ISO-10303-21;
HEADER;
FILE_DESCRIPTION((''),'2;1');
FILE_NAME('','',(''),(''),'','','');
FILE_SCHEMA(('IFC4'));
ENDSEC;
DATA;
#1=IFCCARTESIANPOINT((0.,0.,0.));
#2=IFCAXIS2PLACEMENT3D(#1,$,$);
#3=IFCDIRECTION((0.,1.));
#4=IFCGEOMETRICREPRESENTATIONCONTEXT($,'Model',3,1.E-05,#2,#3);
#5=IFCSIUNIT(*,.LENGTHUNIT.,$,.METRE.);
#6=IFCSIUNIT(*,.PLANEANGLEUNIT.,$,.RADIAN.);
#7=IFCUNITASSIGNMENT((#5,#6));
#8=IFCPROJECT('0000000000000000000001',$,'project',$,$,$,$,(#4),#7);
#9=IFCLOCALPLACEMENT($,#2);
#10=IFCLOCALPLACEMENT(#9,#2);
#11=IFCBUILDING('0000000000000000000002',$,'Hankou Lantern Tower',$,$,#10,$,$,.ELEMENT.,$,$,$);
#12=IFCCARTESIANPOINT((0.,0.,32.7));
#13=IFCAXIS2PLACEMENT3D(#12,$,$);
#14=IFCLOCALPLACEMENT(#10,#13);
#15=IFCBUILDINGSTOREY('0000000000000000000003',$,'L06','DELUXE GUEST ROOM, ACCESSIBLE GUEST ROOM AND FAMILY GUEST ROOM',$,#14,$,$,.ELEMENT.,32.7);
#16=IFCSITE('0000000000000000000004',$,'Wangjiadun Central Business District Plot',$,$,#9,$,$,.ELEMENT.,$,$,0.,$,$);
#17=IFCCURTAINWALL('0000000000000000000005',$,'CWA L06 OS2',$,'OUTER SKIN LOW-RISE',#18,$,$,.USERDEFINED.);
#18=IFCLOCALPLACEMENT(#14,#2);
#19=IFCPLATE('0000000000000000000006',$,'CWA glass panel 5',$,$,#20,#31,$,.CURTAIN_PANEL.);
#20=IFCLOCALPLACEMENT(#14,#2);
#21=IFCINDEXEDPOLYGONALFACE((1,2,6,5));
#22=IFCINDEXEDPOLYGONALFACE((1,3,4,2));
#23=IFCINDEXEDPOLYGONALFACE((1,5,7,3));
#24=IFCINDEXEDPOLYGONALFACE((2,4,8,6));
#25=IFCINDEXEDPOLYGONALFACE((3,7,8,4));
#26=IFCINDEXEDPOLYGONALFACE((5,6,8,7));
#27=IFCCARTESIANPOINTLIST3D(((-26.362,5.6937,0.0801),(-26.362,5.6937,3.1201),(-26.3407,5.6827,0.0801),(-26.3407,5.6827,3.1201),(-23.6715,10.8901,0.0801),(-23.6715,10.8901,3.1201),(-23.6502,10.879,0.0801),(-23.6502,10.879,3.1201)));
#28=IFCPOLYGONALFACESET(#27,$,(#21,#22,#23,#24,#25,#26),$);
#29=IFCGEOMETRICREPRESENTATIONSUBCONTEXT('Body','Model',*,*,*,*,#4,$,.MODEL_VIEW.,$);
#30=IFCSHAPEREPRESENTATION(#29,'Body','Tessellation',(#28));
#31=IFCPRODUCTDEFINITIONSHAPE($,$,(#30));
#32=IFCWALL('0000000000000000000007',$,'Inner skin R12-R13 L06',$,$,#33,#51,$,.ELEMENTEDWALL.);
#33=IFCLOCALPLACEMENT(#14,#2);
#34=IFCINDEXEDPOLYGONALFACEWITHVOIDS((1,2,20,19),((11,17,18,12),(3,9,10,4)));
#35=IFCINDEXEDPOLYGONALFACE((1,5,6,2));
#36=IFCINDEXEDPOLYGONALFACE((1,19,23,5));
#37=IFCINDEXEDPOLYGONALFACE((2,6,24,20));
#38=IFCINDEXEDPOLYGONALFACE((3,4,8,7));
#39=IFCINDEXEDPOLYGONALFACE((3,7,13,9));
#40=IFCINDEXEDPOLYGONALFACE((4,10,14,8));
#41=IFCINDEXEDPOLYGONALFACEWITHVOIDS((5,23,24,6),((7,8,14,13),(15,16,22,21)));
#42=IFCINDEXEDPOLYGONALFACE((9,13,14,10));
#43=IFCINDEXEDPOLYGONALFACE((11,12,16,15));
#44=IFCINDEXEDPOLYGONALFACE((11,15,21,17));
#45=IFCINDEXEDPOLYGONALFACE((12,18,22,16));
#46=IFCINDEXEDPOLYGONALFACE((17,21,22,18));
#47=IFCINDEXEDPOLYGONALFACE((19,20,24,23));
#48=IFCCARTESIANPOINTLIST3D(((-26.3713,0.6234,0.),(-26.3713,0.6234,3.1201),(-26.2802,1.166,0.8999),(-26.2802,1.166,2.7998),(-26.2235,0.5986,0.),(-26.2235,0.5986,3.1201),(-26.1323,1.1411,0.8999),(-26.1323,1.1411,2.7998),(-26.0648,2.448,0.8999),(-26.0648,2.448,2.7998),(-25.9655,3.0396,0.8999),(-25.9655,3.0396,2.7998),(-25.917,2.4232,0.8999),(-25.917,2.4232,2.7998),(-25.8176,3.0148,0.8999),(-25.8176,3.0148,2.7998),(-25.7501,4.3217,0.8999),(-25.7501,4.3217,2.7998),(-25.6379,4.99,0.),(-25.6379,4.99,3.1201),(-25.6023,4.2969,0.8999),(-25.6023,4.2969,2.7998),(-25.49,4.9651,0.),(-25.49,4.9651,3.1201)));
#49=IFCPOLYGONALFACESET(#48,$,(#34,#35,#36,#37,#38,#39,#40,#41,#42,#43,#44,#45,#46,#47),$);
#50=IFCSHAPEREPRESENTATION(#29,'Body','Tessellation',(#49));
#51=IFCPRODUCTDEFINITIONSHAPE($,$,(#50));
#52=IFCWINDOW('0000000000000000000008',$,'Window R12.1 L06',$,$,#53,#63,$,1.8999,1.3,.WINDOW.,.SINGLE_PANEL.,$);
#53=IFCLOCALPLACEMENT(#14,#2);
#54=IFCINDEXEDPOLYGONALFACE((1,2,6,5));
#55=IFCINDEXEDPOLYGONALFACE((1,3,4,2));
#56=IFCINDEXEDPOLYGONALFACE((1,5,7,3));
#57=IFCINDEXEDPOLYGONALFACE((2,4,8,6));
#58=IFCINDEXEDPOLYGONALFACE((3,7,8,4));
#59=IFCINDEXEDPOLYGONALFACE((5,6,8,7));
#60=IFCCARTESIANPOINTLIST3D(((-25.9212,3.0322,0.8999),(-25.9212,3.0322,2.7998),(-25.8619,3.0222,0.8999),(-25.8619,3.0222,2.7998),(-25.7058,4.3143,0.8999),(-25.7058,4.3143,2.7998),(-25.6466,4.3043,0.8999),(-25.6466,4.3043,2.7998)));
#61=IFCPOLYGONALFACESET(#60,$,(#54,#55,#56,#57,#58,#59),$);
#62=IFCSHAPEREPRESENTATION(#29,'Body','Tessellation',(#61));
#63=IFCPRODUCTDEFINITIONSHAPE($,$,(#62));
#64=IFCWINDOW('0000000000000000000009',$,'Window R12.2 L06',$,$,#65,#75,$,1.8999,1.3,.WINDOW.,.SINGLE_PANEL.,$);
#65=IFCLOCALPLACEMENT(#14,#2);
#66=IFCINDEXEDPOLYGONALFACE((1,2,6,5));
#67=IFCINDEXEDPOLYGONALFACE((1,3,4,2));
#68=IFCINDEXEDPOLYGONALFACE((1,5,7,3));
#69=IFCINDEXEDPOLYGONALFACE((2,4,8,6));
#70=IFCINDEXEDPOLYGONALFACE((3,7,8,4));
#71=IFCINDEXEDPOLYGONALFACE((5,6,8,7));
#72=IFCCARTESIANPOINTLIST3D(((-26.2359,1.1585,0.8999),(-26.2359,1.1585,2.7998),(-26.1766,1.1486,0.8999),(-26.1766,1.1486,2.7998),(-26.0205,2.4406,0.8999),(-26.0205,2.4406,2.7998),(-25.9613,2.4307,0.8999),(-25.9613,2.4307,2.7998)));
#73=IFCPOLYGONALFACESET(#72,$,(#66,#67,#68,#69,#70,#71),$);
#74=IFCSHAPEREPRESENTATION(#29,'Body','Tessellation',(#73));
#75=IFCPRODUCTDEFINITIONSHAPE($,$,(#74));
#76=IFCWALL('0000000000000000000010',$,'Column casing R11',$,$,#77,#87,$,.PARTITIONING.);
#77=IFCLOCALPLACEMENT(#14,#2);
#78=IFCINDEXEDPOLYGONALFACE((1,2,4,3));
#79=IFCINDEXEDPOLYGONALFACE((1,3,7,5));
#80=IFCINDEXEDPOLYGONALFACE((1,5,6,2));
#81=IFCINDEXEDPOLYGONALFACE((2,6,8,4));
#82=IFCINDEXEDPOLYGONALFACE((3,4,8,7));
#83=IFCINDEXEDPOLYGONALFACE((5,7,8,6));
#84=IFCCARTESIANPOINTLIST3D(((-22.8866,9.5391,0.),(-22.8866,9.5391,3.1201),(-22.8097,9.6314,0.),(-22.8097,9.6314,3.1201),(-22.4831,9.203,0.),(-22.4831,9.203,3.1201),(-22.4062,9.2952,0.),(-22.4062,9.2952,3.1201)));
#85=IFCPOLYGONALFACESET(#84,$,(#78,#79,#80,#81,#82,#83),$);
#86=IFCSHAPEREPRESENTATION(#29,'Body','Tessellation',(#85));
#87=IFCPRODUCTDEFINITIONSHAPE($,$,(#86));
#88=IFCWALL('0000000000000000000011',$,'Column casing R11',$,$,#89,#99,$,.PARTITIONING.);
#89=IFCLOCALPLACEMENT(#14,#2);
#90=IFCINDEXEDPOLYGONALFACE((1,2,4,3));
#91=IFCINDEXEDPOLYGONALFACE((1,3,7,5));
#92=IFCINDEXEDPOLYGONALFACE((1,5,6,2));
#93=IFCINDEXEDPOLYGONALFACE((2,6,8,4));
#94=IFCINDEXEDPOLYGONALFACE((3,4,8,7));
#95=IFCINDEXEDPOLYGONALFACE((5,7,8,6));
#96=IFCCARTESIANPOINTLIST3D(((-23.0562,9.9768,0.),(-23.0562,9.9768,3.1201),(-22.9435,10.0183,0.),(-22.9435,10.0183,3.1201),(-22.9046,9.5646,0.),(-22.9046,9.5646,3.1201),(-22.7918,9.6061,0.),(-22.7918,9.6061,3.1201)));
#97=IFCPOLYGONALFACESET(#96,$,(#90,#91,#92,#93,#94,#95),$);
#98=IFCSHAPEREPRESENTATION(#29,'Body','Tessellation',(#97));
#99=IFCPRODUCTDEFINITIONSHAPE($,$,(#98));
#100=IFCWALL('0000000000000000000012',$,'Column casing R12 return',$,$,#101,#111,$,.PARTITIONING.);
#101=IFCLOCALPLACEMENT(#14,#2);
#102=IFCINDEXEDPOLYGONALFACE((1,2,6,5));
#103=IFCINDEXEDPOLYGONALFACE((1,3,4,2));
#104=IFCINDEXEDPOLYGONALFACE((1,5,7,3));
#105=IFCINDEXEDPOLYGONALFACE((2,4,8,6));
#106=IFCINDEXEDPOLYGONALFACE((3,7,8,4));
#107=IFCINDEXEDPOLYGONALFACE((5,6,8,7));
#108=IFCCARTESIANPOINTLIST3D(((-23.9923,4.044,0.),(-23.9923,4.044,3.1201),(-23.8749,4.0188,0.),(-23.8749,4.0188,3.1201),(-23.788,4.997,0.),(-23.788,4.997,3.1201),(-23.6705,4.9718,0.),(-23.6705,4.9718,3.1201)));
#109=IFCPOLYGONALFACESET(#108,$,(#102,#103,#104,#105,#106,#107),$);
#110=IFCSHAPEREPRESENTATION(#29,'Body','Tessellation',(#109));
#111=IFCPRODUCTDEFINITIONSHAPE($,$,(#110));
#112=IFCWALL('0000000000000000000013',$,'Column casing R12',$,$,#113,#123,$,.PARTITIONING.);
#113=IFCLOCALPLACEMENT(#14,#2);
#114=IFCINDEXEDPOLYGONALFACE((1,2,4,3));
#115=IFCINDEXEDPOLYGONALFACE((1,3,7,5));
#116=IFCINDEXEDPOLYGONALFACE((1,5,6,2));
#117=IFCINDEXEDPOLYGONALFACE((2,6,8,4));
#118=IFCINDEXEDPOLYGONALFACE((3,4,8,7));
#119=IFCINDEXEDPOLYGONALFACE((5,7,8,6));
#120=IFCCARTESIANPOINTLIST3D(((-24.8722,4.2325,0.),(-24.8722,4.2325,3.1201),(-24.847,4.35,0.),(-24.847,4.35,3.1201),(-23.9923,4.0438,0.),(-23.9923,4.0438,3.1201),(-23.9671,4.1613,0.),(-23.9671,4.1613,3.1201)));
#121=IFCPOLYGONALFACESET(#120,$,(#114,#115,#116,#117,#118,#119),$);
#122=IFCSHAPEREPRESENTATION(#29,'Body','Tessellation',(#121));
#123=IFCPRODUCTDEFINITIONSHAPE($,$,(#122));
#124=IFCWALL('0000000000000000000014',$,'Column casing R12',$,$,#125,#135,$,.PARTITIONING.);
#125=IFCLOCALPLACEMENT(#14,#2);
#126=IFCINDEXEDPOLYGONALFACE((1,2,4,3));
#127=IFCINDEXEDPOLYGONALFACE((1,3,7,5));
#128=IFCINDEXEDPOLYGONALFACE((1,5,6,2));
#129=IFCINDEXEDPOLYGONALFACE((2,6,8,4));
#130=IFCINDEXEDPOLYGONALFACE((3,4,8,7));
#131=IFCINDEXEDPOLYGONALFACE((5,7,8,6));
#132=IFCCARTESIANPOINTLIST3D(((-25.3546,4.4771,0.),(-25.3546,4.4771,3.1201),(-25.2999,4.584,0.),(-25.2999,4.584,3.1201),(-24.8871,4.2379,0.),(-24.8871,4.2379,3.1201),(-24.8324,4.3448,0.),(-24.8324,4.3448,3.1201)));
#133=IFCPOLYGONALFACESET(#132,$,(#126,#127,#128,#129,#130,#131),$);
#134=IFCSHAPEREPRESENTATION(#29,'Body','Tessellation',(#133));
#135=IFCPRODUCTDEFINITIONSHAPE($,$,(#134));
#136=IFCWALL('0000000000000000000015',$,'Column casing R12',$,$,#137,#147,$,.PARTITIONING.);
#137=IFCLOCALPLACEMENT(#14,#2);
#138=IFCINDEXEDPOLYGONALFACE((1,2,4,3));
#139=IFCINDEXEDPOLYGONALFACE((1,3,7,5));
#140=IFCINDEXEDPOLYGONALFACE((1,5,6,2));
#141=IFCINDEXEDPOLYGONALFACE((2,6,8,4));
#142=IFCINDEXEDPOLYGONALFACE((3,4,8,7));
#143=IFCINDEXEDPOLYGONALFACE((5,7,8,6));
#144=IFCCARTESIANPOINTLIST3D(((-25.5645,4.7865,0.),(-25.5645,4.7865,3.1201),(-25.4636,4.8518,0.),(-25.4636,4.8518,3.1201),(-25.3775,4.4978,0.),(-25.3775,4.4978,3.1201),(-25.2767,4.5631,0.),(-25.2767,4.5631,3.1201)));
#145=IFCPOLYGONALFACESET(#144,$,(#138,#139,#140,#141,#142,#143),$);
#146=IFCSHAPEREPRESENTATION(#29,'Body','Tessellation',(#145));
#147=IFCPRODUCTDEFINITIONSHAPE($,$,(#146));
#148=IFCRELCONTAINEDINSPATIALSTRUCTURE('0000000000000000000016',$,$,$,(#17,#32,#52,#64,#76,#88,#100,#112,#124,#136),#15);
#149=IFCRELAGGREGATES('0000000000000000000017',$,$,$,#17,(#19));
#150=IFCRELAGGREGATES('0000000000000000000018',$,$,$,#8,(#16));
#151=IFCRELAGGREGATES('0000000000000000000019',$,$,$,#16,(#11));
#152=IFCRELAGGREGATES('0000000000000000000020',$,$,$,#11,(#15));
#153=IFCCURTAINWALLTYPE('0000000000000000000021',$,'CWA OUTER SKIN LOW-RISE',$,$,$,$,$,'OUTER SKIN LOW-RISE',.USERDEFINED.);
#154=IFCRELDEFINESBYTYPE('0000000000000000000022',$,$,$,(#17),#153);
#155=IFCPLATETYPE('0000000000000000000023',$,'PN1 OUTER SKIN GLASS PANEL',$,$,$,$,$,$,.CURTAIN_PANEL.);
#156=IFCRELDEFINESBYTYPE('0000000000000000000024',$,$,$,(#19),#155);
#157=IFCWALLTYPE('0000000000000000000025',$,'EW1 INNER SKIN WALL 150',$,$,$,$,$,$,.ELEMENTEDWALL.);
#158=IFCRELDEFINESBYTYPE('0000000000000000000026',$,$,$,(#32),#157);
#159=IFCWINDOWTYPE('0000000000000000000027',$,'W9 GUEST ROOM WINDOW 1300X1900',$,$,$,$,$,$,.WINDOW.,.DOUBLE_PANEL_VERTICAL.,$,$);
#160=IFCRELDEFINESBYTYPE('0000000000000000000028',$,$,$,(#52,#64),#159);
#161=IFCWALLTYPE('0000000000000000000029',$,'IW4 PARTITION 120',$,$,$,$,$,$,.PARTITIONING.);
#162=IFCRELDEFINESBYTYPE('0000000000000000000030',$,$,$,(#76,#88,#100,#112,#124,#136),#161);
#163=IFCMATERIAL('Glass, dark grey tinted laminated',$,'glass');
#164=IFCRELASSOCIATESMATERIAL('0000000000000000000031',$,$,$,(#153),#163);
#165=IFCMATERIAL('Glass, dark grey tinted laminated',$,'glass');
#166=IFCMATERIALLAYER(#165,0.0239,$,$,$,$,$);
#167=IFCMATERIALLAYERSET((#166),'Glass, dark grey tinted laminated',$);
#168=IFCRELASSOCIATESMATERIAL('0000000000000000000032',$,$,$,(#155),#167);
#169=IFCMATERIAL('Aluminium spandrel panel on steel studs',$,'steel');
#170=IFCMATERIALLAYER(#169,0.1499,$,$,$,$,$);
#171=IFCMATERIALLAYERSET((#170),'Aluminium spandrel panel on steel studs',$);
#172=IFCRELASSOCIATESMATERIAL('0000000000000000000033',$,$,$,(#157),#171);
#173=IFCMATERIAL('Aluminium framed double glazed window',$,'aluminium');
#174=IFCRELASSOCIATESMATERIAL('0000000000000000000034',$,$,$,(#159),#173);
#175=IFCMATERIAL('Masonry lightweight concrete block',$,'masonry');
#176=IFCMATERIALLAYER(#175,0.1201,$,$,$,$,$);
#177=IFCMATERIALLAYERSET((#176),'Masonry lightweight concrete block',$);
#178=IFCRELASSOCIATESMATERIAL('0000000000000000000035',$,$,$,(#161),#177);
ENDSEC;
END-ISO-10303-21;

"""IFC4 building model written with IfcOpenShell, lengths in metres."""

from ifc_helpers import new_model, si_unit, direction, frame, frame_2d, origin, origin_2d, place, context, subcontext, project, spatial, rectangle, extrude, material, layer, layer_set, type_object, element, fill, aggregate, save


model = new_model("IFC4")

# Units and contexts
model_context = context("Model", 3, precision=1e-05, world=origin(), true_north=direction((0.0, 1.0)))
body_context = subcontext(model_context, "Body", "Model", "MODEL_VIEW")
ifc_project = project(units=[si_unit("LENGTHUNIT", "METRE"), si_unit("PLANEANGLEUNIT", "RADIAN")], contexts=[model_context])

# Site, building, storey
site_placement = place(None, origin())
site = spatial("IfcSite", under=ifc_project, at=site_placement, Name="Wangjiadun Central Business District Plot", CompositionType="ELEMENT", RefElevation=0.0)
building_placement = place(site_placement, origin())
building = spatial("IfcBuilding", under=site, at=building_placement, Name="Hankou Lantern Tower", CompositionType="ELEMENT")
storey_placement = place(building_placement, frame((0.0, 0.0, 32.7)))
storey = spatial("IfcBuildingStorey", under=building, at=storey_placement, Name="L06", Description="DELUXE GUEST ROOM, ACCESSIBLE GUEST ROOM AND FAMILY GUEST ROOM", CompositionType="ELEMENT", Elevation=32.7)

# Curtain wall
ifc_material_1 = material(Name="Glass, dark grey tinted laminated", Category="glass")
curtain_wall_type = type_object("IfcCurtainWallType", Name="CWA OUTER SKIN LOW-RISE", ElementType="OUTER SKIN LOW-RISE", PredefinedType="USERDEFINED", material=ifc_material_1)
curtain_wall_placement = place(storey_placement, origin())
curtain_wall = element("IfcCurtainWall", 1, at=curtain_wall_placement, inside=storey, type_object=curtain_wall_type, Name="CWA L06 OS2", ObjectType="OUTER SKIN LOW-RISE", PredefinedType="USERDEFINED")

# Plate
ifc_material_2 = material(Name="Glass, dark grey tinted laminated", Category="glass")
ifc_layer_1 = layer(ifc_material_2, 0.0239)
ifc_layer_set_1 = layer_set([ifc_layer_1], Name="Glass, dark grey tinted laminated")
plate_type = type_object("IfcPlateType", Name="PN1 OUTER SKIN GLASS PANEL", PredefinedType="CURTAIN_PANEL", material=ifc_layer_set_1)
plate_placement = place(storey_placement, frame((-25.0061, 8.2864, 0.0801), z_axis=(0.0, 0.0, 1.0), x_axis=(-0.459791, -0.888027, 0.0)))
plate = element("IfcPlate", 2, at=plate_placement, type_object=plate_type, Name="CWA glass panel 5", PredefinedType="CURTAIN_PANEL", context=body_context, shape_type="SweptSolid", body=[
    extrude(rectangle(XDim=5.8516, YDim=0.0239, at=origin_2d()), origin(), (0.0, 0.0, 1.0), 3.04),
])
aggregate(curtain_wall, [plate])

# Wall, openings, windows
ifc_material_3 = material(Name="Aluminium spandrel panel on steel studs", Category="steel")
ifc_layer_2 = layer(ifc_material_3, 0.1499)
ifc_layer_set_2 = layer_set([ifc_layer_2], Name="Aluminium spandrel panel on steel studs")
wall_type_1 = type_object("IfcWallType", Name="EW1 INNER SKIN WALL 150", PredefinedType="ELEMENTEDWALL", material=ifc_layer_set_2)
wall_1_placement = place(storey_placement, frame((-25.564, 4.9775, 0.0), z_axis=(0.0, 0.0, 1.0), x_axis=(-0.165642, -0.986186, 0.0)))
wall_1 = element("IfcWall", 3, at=wall_1_placement, inside=storey, type_object=wall_type_1, Name="Inner skin R12-R13 L06", PredefinedType="ELEMENTEDWALL", context=body_context, shape_type="SweptSolid", body=[
    extrude(rectangle(XDim=4.4277, YDim=0.1499, at=frame_2d((2.2139, 0.0))), origin(), (0.0, 0.0, 1.0), 3.1201),
])
opening_1_placement = place(wall_1_placement, frame((0.6777, 0.0, 0.8999)))
opening_1 = element("IfcOpeningElement", 4, at=opening_1_placement, cuts=wall_1, PredefinedType="OPENING", context=body_context, shape_type="SweptSolid", body=[
    extrude(rectangle(XDim=1.3, YDim=1.8999, at=frame_2d((0.6499, 0.95))), frame((0.0, 0.085, 0.0), z_axis=(0.0, -1.0, 0.0), x_axis=(1.0, 0.0, 0.0)), (0.0, 0.0, 1.0), 0.1699),
])
opening_2_placement = place(wall_1_placement, frame((2.5776, 0.0, 0.8999)))
opening_2 = element("IfcOpeningElement", 5, at=opening_2_placement, cuts=wall_1, PredefinedType="OPENING", context=body_context, shape_type="SweptSolid", body=[
    extrude(rectangle(XDim=1.3, YDim=1.8999, at=frame_2d((0.6499, 0.95))), frame((0.0, 0.085, 0.0), z_axis=(0.0, -1.0, 0.0), x_axis=(1.0, 0.0, 0.0)), (0.0, 0.0, 1.0), 0.1699),
])
ifc_material_4 = material(Name="Aluminium framed double glazed window", Category="aluminium")
window_type = type_object("IfcWindowType", Name="W9 GUEST ROOM WINDOW 1300X1900", PartitioningType="DOUBLE_PANEL_VERTICAL", PredefinedType="WINDOW", material=ifc_material_4)
window_1_placement = place(opening_1_placement, origin())
window_1 = element("IfcWindow", 6, at=window_1_placement, inside=storey, type_object=window_type, Name="Window R12.1 L06", OverallHeight=1.8999, OverallWidth=1.3, PartitioningType="SINGLE_PANEL", PredefinedType="WINDOW", context=body_context, shape_type="SweptSolid", body=[
    extrude(rectangle(XDim=1.3, YDim=1.8999, at=frame_2d((0.6499, 0.95))), frame((0.0, 0.03, 0.0), z_axis=(0.0, -1.0, 0.0), x_axis=(1.0, 0.0, 0.0)), (0.0, 0.0, 1.0), 0.0601),
])
fill(opening_1, window_1)
window_2_placement = place(opening_2_placement, origin())
window_2 = element("IfcWindow", 7, at=window_2_placement, inside=storey, type_object=window_type, Name="Window R12.2 L06", OverallHeight=1.8999, OverallWidth=1.3, PartitioningType="SINGLE_PANEL", PredefinedType="WINDOW", context=body_context, shape_type="SweptSolid", body=[
    extrude(rectangle(XDim=1.3, YDim=1.8999, at=frame_2d((0.6499, 0.95))), frame((0.0, 0.03, 0.0), z_axis=(0.0, -1.0, 0.0), x_axis=(1.0, 0.0, 0.0)), (0.0, 0.0, 1.0), 0.0601),
])
fill(opening_2, window_2)

# Walls
ifc_material_5 = material(Name="Masonry lightweight concrete block", Category="masonry")
ifc_layer_3 = layer(ifc_material_5, 0.1201)
ifc_layer_set_3 = layer_set([ifc_layer_3], Name="Masonry lightweight concrete block")
wall_type_2 = type_object("IfcWallType", Name="IW4 PARTITION 120", PredefinedType="PARTITIONING", material=ifc_layer_set_3)
wall_2_placement = place(storey_placement, frame((-22.4446, 9.249, 0.0), z_axis=(0.0, 0.0, 1.0), x_axis=(-0.768336, 0.640047, 0.0)))
element("IfcWall", 8, at=wall_2_placement, inside=storey, type_object=wall_type_2, Name="Column casing R11", PredefinedType="PARTITIONING", context=body_context, shape_type="SweptSolid", body=[
    extrude(rectangle(XDim=0.5251, YDim=0.1201, at=frame_2d((0.2627, 0.0))), origin(), (0.0, 0.0, 1.0), 3.1201),
])
wall_3_placement = place(storey_placement, frame((-22.8481, 9.5852, 0.0), z_axis=(0.0, 0.0, 1.0), x_axis=(-0.345267, 0.938504, 0.0)))
element("IfcWall", 9, at=wall_3_placement, inside=storey, type_object=wall_type_2, Name="Column casing R11", PredefinedType="PARTITIONING", context=body_context, shape_type="SweptSolid", body=[
    extrude(rectangle(XDim=0.4392, YDim=0.1201, at=frame_2d((0.2197, 0.0))), origin(), (0.0, 0.0, 1.0), 3.1201),
])
wall_4_placement = place(storey_placement, frame((-23.7292, 4.9844, 0.0), z_axis=(0.0, 0.0, 1.0), x_axis=(-0.209683, -0.977769, 0.0)))
element("IfcWall", 10, at=wall_4_placement, inside=storey, type_object=wall_type_2, Name="Column casing R12 return", PredefinedType="PARTITIONING", context=body_context, shape_type="SweptSolid", body=[
    extrude(rectangle(XDim=0.9746, YDim=0.1201, at=frame_2d((0.4873, 0.0))), origin(), (0.0, 0.0, 1.0), 3.1201),
])
wall_5_placement = place(storey_placement, frame((-23.9797, 4.1025, 0.0), z_axis=(0.0, 0.0, 1.0), x_axis=(-0.977763, 0.209714, 0.0)))
element("IfcWall", 11, at=wall_5_placement, inside=storey, type_object=wall_type_2, Name="Column casing R12", PredefinedType="PARTITIONING", context=body_context, shape_type="SweptSolid", body=[
    extrude(rectangle(XDim=0.8999, YDim=0.1201, at=frame_2d((0.45, 0.0))), origin(), (0.0, 0.0, 1.0), 3.1201),
])
wall_6_placement = place(storey_placement, frame((-24.8596, 4.2913, 0.0), z_axis=(0.0, 0.0, 1.0), x_axis=(-0.890204, 0.455561, 0.0)))
element("IfcWall", 12, at=wall_6_placement, inside=storey, type_object=wall_type_2, Name="Column casing R12", PredefinedType="PARTITIONING", context=body_context, shape_type="SweptSolid", body=[
    extrude(rectangle(XDim=0.5251, YDim=0.1201, at=frame_2d((0.2627, 0.0))), origin(), (0.0, 0.0, 1.0), 3.1201),
])
wall_7_placement = place(storey_placement, frame((-25.3271, 4.5305, 0.0), z_axis=(0.0, 0.0, 1.0), x_axis=(-0.543516, 0.839399, 0.0)))
element("IfcWall", 13, at=wall_7_placement, inside=storey, type_object=wall_type_2, Name="Column casing R12", PredefinedType="PARTITIONING", context=body_context, shape_type="SweptSolid", body=[
    extrude(rectangle(XDim=0.344, YDim=0.1201, at=frame_2d((0.1719, 0.0))), origin(), (0.0, 0.0, 1.0), 3.1201),
])

save(model, "model.ifc")
